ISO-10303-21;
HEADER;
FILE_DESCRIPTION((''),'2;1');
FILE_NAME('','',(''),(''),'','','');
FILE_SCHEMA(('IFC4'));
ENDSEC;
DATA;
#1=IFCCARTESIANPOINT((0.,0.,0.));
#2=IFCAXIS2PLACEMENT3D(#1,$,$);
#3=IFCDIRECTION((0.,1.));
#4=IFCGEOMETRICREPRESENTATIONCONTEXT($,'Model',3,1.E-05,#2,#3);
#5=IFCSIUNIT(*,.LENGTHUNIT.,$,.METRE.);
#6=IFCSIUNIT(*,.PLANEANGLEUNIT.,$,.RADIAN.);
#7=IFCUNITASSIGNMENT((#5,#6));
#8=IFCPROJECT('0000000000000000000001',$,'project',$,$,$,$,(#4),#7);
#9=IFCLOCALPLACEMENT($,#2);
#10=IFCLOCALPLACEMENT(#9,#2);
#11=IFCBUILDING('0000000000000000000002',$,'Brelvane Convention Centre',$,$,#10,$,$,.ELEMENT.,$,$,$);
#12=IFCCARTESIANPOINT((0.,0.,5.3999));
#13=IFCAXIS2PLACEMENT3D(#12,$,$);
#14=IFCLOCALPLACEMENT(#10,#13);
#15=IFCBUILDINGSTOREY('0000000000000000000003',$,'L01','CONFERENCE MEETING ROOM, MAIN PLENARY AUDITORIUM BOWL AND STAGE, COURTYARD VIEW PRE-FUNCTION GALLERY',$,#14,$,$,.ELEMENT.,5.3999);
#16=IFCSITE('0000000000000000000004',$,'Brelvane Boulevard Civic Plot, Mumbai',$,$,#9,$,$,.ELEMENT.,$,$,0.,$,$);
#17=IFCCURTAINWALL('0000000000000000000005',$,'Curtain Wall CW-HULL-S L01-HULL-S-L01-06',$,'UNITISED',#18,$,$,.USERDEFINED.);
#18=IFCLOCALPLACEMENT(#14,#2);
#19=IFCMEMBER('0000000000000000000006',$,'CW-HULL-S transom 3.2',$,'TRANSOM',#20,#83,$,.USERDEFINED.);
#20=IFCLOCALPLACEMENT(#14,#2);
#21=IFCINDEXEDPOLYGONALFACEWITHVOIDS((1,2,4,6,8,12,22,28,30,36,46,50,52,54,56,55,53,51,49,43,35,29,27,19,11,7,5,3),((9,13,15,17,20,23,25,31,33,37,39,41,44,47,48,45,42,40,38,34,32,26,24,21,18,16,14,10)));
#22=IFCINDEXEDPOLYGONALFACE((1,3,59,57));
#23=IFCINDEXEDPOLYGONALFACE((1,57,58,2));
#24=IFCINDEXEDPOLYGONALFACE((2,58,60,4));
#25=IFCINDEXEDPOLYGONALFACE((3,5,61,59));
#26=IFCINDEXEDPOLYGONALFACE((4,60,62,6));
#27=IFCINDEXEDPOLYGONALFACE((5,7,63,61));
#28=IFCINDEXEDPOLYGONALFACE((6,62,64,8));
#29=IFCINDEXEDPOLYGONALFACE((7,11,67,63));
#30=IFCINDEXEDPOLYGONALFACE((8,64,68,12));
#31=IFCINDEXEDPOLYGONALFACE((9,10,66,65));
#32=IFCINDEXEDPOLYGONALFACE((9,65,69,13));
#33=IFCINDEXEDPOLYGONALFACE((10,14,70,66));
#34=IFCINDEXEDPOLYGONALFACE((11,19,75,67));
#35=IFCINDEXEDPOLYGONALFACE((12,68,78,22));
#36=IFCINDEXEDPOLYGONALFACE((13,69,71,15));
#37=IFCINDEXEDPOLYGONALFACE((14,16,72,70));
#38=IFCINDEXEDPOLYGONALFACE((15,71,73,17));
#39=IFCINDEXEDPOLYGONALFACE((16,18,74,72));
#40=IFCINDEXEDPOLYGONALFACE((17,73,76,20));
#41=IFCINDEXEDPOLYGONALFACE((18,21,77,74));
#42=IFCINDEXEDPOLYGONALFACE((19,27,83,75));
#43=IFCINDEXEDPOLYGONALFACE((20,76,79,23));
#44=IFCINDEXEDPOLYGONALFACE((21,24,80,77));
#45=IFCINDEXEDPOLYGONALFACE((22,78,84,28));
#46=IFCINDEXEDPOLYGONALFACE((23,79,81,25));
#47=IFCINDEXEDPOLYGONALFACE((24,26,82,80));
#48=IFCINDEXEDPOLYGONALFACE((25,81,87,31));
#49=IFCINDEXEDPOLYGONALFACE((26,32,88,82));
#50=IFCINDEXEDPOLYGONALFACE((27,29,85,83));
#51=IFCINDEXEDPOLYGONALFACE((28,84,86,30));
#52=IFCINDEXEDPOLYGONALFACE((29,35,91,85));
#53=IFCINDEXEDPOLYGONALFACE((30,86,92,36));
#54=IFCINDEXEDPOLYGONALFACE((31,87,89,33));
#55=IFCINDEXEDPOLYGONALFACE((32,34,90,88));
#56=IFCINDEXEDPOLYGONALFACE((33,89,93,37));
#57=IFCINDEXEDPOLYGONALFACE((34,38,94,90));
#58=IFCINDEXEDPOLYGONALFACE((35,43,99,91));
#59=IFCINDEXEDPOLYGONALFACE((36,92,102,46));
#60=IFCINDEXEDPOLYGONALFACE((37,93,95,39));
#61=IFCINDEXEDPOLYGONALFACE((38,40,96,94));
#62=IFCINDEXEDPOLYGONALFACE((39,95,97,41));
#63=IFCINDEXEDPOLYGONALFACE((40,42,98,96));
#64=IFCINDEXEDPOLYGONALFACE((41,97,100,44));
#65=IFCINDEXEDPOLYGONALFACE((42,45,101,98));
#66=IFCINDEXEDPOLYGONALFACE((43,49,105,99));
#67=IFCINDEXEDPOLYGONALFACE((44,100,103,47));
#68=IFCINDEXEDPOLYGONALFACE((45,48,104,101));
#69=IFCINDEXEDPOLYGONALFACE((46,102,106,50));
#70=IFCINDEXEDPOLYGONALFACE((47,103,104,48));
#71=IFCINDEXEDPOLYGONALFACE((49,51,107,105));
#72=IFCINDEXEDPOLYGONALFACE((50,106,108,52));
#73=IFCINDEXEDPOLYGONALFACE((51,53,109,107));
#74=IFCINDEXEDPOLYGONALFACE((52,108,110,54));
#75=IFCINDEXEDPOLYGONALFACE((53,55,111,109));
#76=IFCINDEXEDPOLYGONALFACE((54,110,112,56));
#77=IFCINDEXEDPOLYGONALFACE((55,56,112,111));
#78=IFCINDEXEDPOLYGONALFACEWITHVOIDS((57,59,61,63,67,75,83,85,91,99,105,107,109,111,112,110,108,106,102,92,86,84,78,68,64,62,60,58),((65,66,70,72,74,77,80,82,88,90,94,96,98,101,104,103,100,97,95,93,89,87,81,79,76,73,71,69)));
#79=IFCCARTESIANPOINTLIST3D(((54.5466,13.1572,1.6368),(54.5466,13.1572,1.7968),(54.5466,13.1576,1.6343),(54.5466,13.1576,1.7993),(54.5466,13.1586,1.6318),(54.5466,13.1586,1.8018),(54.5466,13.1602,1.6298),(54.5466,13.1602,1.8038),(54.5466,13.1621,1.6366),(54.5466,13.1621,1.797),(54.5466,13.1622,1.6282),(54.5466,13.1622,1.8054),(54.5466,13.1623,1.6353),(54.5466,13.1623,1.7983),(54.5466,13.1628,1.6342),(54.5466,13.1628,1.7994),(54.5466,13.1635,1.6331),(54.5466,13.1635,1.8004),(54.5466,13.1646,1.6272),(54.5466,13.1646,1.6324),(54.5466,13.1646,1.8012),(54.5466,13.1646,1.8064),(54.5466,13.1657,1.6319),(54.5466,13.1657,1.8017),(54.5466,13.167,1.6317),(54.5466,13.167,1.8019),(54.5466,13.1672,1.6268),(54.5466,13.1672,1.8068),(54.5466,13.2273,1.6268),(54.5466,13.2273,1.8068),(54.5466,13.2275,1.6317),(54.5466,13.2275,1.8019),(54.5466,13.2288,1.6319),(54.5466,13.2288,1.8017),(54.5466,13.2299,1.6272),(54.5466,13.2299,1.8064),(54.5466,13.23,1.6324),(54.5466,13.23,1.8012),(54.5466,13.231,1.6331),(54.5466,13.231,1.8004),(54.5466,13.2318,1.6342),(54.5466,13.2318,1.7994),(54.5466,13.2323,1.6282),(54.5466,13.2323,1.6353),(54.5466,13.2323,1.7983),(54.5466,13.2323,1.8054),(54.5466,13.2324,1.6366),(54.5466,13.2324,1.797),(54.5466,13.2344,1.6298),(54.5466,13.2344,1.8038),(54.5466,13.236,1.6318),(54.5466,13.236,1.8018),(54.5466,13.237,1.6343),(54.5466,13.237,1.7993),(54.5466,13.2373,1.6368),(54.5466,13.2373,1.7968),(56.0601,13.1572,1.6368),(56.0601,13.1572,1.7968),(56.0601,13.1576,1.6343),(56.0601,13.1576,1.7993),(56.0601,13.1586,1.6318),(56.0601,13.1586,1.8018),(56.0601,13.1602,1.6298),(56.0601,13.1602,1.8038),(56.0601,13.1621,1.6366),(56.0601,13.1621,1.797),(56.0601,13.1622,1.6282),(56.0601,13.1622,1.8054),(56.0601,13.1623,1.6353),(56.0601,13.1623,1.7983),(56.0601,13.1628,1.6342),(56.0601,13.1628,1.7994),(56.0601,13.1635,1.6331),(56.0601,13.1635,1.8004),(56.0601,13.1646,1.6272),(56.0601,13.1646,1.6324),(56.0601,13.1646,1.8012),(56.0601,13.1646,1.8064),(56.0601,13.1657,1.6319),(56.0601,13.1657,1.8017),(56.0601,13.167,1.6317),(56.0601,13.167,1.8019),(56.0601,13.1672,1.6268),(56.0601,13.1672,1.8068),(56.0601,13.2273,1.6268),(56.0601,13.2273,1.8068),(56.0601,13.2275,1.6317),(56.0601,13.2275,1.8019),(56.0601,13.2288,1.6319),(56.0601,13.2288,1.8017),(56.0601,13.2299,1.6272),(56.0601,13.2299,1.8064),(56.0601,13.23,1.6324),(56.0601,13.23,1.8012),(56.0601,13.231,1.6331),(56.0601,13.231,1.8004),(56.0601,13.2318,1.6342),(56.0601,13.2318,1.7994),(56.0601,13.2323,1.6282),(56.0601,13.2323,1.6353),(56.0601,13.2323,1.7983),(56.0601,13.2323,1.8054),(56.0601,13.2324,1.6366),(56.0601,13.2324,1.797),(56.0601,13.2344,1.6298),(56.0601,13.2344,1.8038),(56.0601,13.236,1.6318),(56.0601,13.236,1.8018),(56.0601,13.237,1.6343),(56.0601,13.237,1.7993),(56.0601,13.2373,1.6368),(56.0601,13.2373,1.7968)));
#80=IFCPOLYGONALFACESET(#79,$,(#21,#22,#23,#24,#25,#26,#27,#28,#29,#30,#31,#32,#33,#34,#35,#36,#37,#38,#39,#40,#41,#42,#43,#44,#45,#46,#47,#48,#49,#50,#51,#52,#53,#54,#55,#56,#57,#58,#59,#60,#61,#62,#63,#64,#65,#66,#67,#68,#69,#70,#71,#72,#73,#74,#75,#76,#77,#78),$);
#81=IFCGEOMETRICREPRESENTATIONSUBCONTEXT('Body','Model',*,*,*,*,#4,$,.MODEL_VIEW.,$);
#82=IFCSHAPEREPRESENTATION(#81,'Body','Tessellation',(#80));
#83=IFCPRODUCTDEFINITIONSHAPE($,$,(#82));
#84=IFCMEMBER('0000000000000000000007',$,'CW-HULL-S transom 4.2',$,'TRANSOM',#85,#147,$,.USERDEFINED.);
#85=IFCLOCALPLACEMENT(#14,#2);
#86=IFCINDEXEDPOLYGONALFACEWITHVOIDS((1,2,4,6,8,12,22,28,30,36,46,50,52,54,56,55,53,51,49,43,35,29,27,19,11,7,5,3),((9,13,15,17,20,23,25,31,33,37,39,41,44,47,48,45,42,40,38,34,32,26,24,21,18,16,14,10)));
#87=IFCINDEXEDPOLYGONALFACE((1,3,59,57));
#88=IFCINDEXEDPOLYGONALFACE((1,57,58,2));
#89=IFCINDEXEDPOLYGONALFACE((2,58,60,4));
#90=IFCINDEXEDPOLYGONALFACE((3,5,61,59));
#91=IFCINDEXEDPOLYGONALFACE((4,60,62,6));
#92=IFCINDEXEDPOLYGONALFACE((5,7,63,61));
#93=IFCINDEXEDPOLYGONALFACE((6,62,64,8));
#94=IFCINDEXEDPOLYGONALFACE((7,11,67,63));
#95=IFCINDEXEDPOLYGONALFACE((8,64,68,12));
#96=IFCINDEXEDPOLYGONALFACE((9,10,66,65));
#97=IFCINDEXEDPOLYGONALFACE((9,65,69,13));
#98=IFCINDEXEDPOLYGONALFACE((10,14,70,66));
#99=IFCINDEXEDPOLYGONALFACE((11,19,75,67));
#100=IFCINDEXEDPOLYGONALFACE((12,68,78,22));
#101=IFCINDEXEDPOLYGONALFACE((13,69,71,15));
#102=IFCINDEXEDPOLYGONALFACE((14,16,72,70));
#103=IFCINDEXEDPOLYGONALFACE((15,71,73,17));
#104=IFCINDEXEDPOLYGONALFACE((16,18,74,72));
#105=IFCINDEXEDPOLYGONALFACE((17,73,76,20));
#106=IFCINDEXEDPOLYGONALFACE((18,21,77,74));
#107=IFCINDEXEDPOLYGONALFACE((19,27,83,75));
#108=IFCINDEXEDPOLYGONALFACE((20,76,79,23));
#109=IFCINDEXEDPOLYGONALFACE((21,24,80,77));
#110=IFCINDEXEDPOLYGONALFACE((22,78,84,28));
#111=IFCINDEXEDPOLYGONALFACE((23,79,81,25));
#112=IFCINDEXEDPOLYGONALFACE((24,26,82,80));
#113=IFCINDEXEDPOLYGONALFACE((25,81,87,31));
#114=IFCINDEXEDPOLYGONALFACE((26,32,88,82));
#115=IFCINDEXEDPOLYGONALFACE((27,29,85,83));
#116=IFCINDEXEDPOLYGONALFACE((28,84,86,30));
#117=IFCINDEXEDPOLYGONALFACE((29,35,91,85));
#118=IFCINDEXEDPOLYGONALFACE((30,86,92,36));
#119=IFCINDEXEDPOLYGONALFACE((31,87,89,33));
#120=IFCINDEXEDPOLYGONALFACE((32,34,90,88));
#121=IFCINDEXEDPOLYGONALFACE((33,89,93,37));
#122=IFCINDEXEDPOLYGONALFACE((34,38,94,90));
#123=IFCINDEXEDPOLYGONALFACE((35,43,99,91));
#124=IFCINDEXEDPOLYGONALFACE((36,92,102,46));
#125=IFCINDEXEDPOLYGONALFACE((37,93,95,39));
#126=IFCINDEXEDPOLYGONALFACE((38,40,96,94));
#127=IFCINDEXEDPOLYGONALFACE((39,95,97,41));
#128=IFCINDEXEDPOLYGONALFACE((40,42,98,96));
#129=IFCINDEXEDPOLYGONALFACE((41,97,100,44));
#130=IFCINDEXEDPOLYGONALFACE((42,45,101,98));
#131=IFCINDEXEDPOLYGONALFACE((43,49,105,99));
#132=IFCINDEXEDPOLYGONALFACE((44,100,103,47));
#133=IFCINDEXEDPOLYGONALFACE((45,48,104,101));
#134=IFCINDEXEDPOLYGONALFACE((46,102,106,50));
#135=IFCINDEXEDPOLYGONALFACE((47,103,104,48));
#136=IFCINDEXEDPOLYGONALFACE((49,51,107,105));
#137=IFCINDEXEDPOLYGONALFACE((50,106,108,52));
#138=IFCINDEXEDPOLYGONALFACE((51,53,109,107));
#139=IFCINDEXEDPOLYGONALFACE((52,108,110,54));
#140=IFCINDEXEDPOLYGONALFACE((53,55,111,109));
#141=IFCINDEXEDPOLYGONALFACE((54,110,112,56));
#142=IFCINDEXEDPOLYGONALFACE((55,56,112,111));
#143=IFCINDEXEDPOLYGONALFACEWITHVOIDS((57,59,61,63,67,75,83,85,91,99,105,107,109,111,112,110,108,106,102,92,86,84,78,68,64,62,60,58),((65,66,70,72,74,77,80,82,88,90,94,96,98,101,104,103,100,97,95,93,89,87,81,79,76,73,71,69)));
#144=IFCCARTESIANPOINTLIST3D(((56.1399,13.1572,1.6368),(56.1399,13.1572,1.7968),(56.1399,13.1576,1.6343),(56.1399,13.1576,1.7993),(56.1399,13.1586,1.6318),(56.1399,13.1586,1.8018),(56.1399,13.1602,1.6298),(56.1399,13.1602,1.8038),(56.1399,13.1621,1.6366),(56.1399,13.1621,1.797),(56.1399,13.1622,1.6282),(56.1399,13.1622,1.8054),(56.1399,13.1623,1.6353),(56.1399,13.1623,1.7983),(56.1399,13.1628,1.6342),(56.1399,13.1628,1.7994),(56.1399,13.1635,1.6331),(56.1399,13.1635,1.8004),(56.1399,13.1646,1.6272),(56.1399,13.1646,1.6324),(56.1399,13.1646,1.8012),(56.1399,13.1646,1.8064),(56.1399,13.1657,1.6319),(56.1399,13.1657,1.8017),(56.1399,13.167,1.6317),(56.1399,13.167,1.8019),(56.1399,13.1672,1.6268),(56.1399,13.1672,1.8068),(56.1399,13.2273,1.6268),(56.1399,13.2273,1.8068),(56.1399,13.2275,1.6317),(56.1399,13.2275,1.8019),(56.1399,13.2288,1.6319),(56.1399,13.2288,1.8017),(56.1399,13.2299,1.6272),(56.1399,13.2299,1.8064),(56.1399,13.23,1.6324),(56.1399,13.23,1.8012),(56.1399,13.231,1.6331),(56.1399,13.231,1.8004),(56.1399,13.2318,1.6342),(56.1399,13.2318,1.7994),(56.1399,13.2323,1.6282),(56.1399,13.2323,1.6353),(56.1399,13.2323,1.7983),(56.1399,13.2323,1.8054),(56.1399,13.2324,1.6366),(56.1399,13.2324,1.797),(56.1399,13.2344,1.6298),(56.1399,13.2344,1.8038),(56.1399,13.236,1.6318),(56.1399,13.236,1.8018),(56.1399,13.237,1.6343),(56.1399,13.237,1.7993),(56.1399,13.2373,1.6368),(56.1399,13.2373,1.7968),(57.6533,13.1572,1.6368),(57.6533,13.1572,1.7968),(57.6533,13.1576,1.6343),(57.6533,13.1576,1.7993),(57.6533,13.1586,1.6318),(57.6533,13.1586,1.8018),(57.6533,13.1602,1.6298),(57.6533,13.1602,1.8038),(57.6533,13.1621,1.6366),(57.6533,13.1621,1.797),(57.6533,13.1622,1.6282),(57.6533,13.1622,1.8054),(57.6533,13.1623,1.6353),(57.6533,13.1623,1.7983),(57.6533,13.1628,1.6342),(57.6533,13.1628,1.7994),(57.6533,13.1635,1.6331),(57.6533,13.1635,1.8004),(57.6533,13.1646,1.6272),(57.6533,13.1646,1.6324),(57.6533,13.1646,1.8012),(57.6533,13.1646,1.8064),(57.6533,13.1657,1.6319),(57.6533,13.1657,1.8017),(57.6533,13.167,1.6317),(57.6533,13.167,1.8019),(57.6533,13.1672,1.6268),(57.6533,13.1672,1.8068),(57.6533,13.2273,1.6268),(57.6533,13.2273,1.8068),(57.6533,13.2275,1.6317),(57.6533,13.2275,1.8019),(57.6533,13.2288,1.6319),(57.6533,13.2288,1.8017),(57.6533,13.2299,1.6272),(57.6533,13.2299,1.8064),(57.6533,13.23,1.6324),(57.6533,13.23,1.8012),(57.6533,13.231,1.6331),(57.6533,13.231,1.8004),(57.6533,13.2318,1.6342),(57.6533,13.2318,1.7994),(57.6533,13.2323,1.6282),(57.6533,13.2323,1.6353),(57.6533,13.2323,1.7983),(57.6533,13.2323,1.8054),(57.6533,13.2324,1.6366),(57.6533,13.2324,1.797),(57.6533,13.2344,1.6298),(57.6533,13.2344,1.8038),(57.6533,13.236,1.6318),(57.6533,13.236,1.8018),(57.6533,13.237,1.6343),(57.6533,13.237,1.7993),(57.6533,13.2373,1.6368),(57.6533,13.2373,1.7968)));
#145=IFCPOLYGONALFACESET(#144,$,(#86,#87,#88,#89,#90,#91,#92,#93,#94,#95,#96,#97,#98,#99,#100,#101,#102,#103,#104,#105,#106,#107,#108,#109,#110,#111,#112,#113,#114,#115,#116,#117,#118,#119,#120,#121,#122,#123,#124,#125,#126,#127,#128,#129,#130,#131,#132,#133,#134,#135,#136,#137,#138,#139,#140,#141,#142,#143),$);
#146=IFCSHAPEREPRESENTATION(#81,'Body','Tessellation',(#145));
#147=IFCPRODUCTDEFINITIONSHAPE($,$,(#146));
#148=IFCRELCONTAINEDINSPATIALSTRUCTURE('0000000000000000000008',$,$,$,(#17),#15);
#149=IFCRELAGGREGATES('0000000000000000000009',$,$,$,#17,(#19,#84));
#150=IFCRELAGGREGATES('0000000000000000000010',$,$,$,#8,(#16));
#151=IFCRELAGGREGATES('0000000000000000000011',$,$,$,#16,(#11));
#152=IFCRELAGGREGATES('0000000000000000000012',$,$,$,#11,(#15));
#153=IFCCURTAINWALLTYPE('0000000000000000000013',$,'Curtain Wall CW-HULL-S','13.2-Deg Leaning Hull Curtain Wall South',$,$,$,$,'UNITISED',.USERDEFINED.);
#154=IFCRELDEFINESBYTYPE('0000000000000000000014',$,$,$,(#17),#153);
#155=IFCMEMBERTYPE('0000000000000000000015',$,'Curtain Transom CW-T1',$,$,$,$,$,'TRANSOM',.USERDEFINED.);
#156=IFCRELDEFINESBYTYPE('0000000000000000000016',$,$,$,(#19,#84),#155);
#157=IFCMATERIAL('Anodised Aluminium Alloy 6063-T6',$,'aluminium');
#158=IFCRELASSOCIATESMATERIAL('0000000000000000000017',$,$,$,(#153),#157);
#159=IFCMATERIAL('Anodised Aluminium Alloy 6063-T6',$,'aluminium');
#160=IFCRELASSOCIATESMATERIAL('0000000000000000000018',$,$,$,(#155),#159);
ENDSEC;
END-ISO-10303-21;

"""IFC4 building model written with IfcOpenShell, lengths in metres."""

from ifc_helpers import new_model, si_unit, direction, frame, origin, origin_2d, place, context, subcontext, project, spatial, hollow_rectangle, extrude, material, material_profile, profile_set, type_object, element, aggregate, save


model = new_model("IFC4")

# Units and contexts
model_context = context("Model", 3, precision=1e-05, world=origin(), true_north=direction((0.0, 1.0)))
body_context = subcontext(model_context, "Body", "Model", "MODEL_VIEW")
ifc_project = project(units=[si_unit("LENGTHUNIT", "METRE"), si_unit("PLANEANGLEUNIT", "RADIAN")], contexts=[model_context])

# Site, building, storey
site_placement = place(None, origin())
site = spatial("IfcSite", under=ifc_project, at=site_placement, Name="Brelvane Boulevard Civic Plot, Mumbai", CompositionType="ELEMENT", RefElevation=0.0)
building_placement = place(site_placement, origin())
building = spatial("IfcBuilding", under=site, at=building_placement, Name="Brelvane Convention Centre", CompositionType="ELEMENT")
storey_placement = place(building_placement, frame((0.0, 0.0, 5.3999)))
storey = spatial("IfcBuildingStorey", under=building, at=storey_placement, Name="L01", Description="CONFERENCE MEETING ROOM, MAIN PLENARY AUDITORIUM BOWL AND STAGE, COURTYARD VIEW PRE-FUNCTION GALLERY", CompositionType="ELEMENT", Elevation=5.3999)

# Curtain wall, members
ifc_material_1 = material(Name="Anodised Aluminium Alloy 6063-T6", Category="aluminium")
curtain_wall_type = type_object("IfcCurtainWallType", Name="Curtain Wall CW-HULL-S", Description="13.2-Deg Leaning Hull Curtain Wall South", ElementType="UNITISED", PredefinedType="USERDEFINED", material=ifc_material_1)
curtain_wall_1_placement = place(storey_placement, origin())
curtain_wall_1 = element("IfcCurtainWall", 1, at=curtain_wall_1_placement, inside=storey, type_object=curtain_wall_type, Name="Curtain Wall CW-HULL-S L01-HULL-S-L01-06", ObjectType="UNITISED", PredefinedType="USERDEFINED")
ifc_material_2 = material(Name="Anodised Aluminium Alloy 6063-T6", Category="aluminium")
ifc_material_profile = material_profile(ifc_material_2, hollow_rectangle(XDim=0.0801, YDim=0.1799, WallThickness=0.0049, InnerFilletRadius=0.0049, OuterFilletRadius=0.01, at=origin_2d()), Name="ALU-T 180x80x5.0")
ifc_profile_set = profile_set([ifc_material_profile], Name="Anodised Aluminium Alloy 6063-T6")
member_type = type_object("IfcMemberType", Name="Curtain Transom CW-T1", ElementType="TRANSOM", PredefinedType="USERDEFINED", material=ifc_profile_set)
member_1_placement = place(storey_placement, frame((54.5466, 13.1973, 1.7168), z_axis=(1.0, 0.0, 0.0), x_axis=(0.0, 1.0, 0.0)))
member_1 = element("IfcMember", 2, at=member_1_placement, type_object=member_type, Name="CW-HULL-S transom 3.2", ObjectType="TRANSOM", PredefinedType="USERDEFINED", context=body_context, shape_type="SweptSolid", body=[
    extrude(hollow_rectangle(XDim=0.0801, YDim=0.1799, WallThickness=0.0049, InnerFilletRadius=0.0049, OuterFilletRadius=0.01, at=origin_2d()), origin(), (0.0, 0.0, 1.0), 1.5134),
])
member_2_placement = place(storey_placement, frame((56.1399, 13.1973, 1.7168), z_axis=(1.0, 0.0, 0.0), x_axis=(0.0, 1.0, 0.0)))
member_2 = element("IfcMember", 3, at=member_2_placement, type_object=member_type, Name="CW-HULL-S transom 4.2", ObjectType="TRANSOM", PredefinedType="USERDEFINED", context=body_context, shape_type="SweptSolid", body=[
    extrude(hollow_rectangle(XDim=0.0801, YDim=0.1799, WallThickness=0.0049, InnerFilletRadius=0.0049, OuterFilletRadius=0.01, at=origin_2d()), origin(), (0.0, 0.0, 1.0), 1.5134),
])

aggregate(curtain_wall_1, [member_1, member_2])

save(model, "model.ifc")
